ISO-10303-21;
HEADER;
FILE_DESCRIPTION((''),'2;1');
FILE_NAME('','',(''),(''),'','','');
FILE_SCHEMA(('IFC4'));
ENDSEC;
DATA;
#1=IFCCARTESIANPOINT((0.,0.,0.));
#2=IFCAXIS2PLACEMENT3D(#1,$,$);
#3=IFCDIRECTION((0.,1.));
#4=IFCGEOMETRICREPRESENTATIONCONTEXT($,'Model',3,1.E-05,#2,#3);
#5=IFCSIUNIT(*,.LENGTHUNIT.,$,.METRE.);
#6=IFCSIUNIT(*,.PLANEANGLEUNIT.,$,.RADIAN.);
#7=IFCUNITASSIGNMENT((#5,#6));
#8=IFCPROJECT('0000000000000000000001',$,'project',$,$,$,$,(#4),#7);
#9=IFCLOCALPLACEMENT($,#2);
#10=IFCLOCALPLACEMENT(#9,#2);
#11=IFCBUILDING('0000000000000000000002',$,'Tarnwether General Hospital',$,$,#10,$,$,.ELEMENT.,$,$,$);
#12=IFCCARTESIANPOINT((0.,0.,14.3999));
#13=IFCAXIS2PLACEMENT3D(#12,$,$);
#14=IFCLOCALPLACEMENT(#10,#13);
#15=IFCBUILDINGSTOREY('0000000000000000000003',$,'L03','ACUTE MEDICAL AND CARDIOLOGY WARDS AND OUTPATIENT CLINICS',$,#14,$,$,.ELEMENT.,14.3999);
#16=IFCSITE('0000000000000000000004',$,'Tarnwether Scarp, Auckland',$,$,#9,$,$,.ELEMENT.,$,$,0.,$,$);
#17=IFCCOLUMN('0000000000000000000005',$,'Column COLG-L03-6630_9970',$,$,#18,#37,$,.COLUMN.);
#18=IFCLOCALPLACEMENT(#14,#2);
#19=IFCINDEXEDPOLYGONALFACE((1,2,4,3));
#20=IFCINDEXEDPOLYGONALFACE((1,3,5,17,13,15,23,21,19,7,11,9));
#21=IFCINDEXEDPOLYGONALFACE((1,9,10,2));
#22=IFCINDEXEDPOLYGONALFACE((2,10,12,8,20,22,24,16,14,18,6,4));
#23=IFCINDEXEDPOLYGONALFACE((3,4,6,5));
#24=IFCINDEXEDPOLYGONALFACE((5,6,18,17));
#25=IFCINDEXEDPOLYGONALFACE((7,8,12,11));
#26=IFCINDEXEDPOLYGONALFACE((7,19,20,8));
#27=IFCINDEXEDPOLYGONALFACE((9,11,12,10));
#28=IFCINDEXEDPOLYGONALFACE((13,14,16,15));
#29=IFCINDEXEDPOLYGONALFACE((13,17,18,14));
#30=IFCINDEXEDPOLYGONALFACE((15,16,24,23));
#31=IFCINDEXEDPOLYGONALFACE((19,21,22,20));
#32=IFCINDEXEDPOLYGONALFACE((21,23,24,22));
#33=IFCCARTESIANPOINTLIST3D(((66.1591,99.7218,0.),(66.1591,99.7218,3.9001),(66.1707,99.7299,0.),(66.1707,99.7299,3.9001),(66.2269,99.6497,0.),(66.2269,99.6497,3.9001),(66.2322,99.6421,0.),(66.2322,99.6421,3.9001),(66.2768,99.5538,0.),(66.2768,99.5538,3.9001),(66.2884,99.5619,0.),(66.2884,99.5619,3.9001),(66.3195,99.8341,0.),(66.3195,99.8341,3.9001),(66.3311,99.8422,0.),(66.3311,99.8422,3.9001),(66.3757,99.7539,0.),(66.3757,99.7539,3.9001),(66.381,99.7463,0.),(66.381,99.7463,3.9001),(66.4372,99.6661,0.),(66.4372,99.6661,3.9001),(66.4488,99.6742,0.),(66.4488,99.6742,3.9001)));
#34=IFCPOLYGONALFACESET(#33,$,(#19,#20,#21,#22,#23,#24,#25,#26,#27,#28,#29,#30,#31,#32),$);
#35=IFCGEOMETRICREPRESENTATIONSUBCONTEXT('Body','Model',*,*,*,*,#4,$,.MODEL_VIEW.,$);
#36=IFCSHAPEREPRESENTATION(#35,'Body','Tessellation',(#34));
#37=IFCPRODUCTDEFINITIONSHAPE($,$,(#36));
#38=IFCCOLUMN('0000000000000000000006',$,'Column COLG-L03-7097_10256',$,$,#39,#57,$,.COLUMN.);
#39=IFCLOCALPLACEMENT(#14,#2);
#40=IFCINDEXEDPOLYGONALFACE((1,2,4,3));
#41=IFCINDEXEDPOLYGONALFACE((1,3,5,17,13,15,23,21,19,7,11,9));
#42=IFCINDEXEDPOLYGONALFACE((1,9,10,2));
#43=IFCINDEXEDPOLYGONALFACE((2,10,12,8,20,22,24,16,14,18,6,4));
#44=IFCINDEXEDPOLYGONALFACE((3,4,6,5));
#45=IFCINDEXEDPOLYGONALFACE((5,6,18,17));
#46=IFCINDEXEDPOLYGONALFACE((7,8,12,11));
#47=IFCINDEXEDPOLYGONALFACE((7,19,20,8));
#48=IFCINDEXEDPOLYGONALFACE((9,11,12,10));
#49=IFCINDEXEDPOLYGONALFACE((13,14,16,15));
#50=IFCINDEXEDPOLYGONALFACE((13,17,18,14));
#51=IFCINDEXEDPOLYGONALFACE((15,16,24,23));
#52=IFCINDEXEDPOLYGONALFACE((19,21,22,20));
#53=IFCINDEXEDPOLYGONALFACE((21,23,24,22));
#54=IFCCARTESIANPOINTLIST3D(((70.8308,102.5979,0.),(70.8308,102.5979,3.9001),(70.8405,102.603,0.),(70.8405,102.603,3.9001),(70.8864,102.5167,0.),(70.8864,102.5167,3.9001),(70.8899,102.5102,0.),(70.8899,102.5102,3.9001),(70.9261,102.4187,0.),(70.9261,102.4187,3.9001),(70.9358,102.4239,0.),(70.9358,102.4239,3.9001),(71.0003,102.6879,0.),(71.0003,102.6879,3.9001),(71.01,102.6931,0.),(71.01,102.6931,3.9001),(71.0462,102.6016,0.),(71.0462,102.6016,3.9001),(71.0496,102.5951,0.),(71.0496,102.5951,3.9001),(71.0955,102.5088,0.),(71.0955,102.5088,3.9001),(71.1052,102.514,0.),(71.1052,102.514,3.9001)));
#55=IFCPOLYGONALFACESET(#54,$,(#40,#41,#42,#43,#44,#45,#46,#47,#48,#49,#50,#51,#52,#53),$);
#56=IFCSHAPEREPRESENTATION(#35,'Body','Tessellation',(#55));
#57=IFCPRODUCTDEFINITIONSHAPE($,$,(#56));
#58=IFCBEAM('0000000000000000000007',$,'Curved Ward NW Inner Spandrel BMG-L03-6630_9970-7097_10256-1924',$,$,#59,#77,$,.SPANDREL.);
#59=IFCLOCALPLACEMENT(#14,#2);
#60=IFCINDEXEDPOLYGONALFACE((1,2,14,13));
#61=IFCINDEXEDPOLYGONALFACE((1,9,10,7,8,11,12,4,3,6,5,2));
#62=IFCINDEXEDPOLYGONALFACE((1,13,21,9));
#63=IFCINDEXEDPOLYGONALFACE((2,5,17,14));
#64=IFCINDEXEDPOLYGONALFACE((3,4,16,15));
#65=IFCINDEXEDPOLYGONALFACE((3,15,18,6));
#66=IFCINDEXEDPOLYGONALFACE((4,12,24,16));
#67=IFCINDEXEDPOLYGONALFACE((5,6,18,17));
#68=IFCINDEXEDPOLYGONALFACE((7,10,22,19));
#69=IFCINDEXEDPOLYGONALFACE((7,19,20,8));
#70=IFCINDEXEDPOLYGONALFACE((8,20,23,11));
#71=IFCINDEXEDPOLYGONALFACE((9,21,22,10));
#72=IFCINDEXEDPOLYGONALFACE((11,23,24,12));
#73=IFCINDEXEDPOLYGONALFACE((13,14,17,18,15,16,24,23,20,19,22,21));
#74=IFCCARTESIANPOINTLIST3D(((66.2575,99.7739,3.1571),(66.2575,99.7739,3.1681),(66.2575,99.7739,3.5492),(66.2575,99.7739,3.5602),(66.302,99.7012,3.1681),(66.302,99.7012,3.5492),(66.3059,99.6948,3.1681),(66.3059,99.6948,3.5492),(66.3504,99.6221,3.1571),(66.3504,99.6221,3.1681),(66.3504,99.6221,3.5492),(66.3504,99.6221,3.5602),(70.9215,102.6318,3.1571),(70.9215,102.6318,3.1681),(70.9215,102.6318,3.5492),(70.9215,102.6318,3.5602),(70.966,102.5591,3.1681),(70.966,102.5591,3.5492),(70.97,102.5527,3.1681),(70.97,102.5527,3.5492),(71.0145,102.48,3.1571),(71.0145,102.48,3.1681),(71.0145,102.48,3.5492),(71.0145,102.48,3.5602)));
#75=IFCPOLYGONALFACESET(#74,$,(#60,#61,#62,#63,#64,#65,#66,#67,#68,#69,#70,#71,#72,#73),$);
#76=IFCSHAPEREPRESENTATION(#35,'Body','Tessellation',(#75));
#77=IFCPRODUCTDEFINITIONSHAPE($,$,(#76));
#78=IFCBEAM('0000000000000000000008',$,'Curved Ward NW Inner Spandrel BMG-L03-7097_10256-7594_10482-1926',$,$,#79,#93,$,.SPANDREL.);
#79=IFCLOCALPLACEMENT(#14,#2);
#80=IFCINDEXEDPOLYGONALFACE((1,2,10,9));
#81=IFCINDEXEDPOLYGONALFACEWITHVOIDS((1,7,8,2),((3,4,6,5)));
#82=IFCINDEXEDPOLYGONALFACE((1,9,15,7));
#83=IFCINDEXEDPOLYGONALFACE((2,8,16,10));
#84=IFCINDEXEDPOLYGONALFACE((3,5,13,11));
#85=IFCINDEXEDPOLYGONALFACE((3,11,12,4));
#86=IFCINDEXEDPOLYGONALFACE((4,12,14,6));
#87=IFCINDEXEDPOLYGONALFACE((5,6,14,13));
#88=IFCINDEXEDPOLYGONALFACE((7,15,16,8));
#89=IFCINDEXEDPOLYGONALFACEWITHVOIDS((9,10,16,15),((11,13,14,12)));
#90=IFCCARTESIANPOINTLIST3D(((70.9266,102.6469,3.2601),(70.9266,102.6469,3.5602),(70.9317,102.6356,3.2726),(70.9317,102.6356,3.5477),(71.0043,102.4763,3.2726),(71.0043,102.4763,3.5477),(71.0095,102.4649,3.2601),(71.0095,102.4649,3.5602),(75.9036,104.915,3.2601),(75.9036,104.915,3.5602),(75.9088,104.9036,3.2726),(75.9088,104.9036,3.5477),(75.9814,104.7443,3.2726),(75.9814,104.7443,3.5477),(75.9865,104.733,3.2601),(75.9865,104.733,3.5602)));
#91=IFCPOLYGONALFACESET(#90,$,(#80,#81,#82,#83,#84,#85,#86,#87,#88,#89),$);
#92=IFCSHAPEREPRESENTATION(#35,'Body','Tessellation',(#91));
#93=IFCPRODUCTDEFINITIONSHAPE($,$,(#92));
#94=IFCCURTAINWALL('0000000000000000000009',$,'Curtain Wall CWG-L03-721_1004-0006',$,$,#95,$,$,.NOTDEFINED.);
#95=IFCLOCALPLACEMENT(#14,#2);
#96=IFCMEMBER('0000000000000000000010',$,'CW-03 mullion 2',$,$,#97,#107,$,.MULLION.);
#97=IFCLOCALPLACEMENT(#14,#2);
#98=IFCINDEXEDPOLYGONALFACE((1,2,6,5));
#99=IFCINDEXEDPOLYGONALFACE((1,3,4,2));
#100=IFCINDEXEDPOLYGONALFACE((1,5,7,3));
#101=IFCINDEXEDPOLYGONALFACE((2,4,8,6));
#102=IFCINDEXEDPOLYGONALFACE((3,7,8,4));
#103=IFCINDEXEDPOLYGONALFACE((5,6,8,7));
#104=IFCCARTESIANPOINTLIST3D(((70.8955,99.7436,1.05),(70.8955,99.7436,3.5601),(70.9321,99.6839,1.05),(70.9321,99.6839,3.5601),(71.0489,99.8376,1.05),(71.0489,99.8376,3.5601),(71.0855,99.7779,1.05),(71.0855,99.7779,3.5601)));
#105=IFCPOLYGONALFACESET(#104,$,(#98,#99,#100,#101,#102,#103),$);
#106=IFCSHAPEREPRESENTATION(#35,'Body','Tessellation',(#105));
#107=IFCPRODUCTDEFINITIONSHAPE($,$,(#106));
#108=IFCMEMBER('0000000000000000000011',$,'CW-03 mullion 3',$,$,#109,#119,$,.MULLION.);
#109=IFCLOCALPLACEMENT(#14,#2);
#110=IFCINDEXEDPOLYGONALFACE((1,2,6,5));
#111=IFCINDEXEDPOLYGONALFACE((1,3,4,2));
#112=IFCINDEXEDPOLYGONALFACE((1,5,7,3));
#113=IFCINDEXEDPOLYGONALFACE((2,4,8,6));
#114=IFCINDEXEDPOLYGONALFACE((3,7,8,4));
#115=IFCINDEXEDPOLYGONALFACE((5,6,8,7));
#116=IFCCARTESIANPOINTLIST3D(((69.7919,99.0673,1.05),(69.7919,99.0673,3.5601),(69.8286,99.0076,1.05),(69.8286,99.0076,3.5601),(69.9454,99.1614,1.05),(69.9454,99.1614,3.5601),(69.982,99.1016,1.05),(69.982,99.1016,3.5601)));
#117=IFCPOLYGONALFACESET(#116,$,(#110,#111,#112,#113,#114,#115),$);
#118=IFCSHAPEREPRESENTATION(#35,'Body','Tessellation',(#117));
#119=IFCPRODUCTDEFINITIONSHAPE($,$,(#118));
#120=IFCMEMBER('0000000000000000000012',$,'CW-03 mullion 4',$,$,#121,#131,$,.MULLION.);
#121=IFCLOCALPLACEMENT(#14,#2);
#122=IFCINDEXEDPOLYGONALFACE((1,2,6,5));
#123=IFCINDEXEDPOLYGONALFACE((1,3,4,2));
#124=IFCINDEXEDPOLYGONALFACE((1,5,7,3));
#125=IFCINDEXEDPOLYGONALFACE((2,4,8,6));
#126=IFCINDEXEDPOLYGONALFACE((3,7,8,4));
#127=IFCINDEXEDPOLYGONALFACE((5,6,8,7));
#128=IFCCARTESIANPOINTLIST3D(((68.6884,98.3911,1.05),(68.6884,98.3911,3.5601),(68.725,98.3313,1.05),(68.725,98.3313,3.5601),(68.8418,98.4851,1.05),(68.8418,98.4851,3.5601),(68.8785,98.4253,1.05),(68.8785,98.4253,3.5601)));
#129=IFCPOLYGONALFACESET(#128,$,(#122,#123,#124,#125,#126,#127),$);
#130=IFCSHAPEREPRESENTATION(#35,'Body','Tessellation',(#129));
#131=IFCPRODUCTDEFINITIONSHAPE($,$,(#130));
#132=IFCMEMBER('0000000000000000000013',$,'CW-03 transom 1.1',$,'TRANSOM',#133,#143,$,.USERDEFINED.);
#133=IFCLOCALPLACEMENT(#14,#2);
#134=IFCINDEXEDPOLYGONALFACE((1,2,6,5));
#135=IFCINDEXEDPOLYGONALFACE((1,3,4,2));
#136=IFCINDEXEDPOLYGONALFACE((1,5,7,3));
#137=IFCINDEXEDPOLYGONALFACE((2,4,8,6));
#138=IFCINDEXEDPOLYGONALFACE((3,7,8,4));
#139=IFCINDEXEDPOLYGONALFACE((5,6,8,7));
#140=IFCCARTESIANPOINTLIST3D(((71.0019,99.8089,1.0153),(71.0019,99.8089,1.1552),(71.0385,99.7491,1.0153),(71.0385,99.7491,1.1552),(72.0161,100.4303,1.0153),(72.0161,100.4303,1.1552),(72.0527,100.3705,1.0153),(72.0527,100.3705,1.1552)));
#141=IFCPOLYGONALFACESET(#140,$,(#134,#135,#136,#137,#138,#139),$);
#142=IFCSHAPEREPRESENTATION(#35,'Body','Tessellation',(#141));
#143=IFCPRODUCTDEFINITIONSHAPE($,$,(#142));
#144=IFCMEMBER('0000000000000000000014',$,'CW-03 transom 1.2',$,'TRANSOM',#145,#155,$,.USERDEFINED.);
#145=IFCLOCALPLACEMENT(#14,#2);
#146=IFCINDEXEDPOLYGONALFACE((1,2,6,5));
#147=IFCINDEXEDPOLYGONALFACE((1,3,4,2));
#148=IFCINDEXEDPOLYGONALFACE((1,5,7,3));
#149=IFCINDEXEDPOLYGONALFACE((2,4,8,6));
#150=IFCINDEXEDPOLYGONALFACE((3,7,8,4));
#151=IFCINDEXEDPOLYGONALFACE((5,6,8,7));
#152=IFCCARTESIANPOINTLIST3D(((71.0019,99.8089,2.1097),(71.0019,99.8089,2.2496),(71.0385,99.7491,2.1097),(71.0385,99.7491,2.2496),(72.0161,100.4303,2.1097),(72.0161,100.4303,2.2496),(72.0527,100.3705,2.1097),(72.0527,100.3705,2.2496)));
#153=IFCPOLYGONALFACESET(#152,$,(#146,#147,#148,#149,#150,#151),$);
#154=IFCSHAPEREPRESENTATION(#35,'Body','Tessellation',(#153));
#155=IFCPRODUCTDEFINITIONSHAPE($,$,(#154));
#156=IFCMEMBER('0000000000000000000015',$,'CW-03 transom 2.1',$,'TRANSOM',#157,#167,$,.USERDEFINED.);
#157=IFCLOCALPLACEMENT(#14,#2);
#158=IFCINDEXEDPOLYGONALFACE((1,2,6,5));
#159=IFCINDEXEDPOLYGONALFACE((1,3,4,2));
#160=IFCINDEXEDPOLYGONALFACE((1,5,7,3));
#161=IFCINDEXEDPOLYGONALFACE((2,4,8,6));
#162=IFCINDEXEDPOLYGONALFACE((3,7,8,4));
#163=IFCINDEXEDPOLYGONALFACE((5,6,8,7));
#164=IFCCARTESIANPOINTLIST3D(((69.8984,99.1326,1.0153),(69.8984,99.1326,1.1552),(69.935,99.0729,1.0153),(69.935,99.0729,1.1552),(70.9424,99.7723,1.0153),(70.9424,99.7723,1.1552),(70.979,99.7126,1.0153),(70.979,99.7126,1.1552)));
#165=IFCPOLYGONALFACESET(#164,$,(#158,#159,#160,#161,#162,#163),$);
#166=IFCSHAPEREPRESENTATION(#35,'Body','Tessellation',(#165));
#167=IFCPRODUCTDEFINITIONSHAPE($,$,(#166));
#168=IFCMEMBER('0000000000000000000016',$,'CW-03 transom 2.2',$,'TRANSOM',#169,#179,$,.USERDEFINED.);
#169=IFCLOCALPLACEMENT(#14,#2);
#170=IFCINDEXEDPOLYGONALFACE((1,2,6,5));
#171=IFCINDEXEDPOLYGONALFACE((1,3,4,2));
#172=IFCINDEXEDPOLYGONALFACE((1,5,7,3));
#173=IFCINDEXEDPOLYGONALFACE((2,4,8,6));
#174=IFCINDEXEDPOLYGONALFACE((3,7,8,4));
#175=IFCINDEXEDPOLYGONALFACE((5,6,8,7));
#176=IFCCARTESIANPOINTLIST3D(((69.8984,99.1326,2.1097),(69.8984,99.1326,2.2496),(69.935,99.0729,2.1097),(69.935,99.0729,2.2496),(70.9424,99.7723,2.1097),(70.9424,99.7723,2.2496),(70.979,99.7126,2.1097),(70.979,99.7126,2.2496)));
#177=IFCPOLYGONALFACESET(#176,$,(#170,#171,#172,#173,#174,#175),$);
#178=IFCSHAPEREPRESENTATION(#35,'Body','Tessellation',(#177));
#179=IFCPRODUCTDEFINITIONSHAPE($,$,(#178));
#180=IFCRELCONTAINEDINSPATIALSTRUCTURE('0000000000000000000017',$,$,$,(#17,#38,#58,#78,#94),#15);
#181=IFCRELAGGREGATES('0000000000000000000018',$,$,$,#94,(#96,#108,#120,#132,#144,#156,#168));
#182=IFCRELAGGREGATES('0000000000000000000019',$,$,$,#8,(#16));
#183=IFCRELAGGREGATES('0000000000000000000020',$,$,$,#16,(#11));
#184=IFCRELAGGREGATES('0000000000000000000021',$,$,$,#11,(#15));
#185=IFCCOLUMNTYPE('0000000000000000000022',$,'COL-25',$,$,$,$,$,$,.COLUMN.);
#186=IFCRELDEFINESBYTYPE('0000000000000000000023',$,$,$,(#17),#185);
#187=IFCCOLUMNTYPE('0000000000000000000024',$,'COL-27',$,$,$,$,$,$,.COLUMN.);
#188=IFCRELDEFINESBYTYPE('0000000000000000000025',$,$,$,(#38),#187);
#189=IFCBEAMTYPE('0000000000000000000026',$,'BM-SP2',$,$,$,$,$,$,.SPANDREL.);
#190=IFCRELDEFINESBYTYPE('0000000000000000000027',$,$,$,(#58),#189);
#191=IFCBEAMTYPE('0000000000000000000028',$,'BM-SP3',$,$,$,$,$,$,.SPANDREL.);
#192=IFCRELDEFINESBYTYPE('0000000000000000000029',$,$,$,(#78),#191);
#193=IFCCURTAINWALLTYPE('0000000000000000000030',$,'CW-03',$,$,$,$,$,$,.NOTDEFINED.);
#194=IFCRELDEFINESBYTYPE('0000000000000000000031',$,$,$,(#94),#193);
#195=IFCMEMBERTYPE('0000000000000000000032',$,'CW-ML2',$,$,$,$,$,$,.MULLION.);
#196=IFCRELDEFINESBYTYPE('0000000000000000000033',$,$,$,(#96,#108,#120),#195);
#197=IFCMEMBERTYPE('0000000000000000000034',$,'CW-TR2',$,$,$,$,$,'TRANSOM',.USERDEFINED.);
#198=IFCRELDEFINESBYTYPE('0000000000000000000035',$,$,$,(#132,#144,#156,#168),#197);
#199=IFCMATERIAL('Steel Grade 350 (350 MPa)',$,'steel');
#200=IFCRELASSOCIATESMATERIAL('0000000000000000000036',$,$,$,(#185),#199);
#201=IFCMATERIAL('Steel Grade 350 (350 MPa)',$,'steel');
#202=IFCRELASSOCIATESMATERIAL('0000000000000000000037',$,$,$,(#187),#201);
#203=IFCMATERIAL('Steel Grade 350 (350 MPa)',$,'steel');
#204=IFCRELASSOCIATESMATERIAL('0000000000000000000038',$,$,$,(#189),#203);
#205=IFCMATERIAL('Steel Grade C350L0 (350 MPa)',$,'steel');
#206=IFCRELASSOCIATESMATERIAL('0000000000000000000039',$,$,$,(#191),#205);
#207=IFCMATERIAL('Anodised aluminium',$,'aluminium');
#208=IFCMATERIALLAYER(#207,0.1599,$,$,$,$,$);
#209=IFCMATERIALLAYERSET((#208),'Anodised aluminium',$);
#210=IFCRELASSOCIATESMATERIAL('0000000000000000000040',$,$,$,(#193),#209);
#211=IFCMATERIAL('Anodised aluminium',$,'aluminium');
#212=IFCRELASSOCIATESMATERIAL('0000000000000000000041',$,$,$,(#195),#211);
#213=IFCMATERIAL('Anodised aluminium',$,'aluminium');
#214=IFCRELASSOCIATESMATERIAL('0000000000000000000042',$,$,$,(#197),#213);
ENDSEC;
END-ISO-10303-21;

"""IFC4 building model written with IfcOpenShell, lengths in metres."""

from ifc_helpers import new_model, si_unit, direction, frame, origin, origin_2d, place, context, subcontext, project, spatial, rectangle, hollow_rectangle, i_section, extrude, material, layer, layer_set, material_profile, profile_set, type_object, element, aggregate, save


model = new_model("IFC4")

# Units and contexts
model_context = context("Model", 3, precision=1e-05, world=origin(), true_north=direction((0.0, 1.0)))
body_context = subcontext(model_context, "Body", "Model", "MODEL_VIEW")
ifc_project = project(units=[si_unit("LENGTHUNIT", "METRE"), si_unit("PLANEANGLEUNIT", "RADIAN")], contexts=[model_context])

# Site, building, storey
site_placement = place(None, origin())
site = spatial("IfcSite", under=ifc_project, at=site_placement, Name="Tarnwether Scarp, Auckland", CompositionType="ELEMENT", RefElevation=0.0)
building_placement = place(site_placement, origin())
building = spatial("IfcBuilding", under=site, at=building_placement, Name="Tarnwether General Hospital", CompositionType="ELEMENT")
storey_placement = place(building_placement, frame((0.0, 0.0, 14.3999)))
storey = spatial("IfcBuildingStorey", under=building, at=storey_placement, Name="L03", Description="ACUTE MEDICAL AND CARDIOLOGY WARDS AND OUTPATIENT CLINICS", CompositionType="ELEMENT", Elevation=14.3999)

# Columns
ifc_material_1 = material(Name="Steel Grade 350 (350 MPa)", Category="steel")
ifc_material_profile_1 = material_profile(ifc_material_1, i_section(OverallWidth=0.2051, OverallDepth=0.21, WebThickness=0.0093, FlangeThickness=0.0142, at=origin_2d()), Name="200UC59.5")
ifc_profile_set_1 = profile_set([ifc_material_profile_1], Name="Steel Grade 350 (350 MPa)")
column_type_1 = type_object("IfcColumnType", Name="COL-25", PredefinedType="COLUMN", material=ifc_profile_set_1)
column_1_placement = place(storey_placement, frame((66.304, 99.698, 0.0), z_axis=(0.0, 0.0, 1.0), x_axis=(-0.573576, 0.819152, 0.0)))
element("IfcColumn", 1, at=column_1_placement, inside=storey, type_object=column_type_1, Name="Column COLG-L03-6630_9970", PredefinedType="COLUMN", context=body_context, shape_type="SweptSolid", body=[
    extrude(i_section(OverallWidth=0.2051, OverallDepth=0.21, WebThickness=0.0093, FlangeThickness=0.0142, at=origin_2d()), origin(), (0.0, 0.0, 1.0), 3.9001),
])
ifc_material_2 = material(Name="Steel Grade 350 (350 MPa)", Category="steel")
ifc_material_profile_2 = material_profile(ifc_material_2, i_section(OverallWidth=0.2029, OverallDepth=0.2029, WebThickness=0.0073, FlangeThickness=0.011, at=origin_2d()), Name="200UC46.2")
ifc_profile_set_2 = profile_set([ifc_material_profile_2], Name="Steel Grade 350 (350 MPa)")
column_type_2 = type_object("IfcColumnType", Name="COL-27", PredefinedType="COLUMN", material=ifc_profile_set_2)
column_2_placement = place(storey_placement, frame((70.968, 102.5559, 0.0), z_axis=(0.0, 0.0, 1.0), x_axis=(-0.469472, 0.882948, 0.0)))
element("IfcColumn", 2, at=column_2_placement, inside=storey, type_object=column_type_2, Name="Column COLG-L03-7097_10256", PredefinedType="COLUMN", context=body_context, shape_type="SweptSolid", body=[
    extrude(i_section(OverallWidth=0.2029, OverallDepth=0.2029, WebThickness=0.0073, FlangeThickness=0.011, at=origin_2d()), origin(), (0.0, 0.0, 1.0), 3.9001),
])

# Beams
ifc_material_3 = material(Name="Steel Grade 350 (350 MPa)", Category="steel")
ifc_material_profile_3 = material_profile(ifc_material_3, i_section(OverallWidth=0.178, OverallDepth=0.4031, WebThickness=0.0076, FlangeThickness=0.011, at=origin_2d()), Name="410UB53.7")
ifc_profile_set_3 = profile_set([ifc_material_profile_3], Name="Steel Grade 350 (350 MPa)")
beam_type_1 = type_object("IfcBeamType", Name="BM-SP2", PredefinedType="SPANDREL", material=ifc_profile_set_3)
beam_1_placement = place(storey_placement, frame((66.304, 99.698, 3.3586), z_axis=(0.852659, 0.522468, 0.0), x_axis=(-0.522468, 0.852659, 0.0)))
element("IfcBeam", 3, at=beam_1_placement, inside=storey, type_object=beam_type_1, Name="Curved Ward NW Inner Spandrel BMG-L03-6630_9970-7097_10256-1924", PredefinedType="SPANDREL", context=body_context, shape_type="SweptSolid", body=[
    extrude(i_section(OverallWidth=0.178, OverallDepth=0.4031, WebThickness=0.0076, FlangeThickness=0.011, at=origin_2d()), origin(), (0.0, 0.0, 1.0), 5.47),
])
ifc_material_4 = material(Name="Steel Grade C350L0 (350 MPa)", Category="steel")
ifc_material_profile_4 = material_profile(ifc_material_4, hollow_rectangle(XDim=0.2, YDim=0.3, WallThickness=0.0125, at=origin_2d()), Name="RHS300x200x12.5")
ifc_profile_set_4 = profile_set([ifc_material_profile_4], Name="Steel Grade C350L0 (350 MPa)")
beam_type_2 = type_object("IfcBeamType", Name="BM-SP3", PredefinedType="SPANDREL", material=ifc_profile_set_4)
beam_2_placement = place(storey_placement, frame((70.968, 102.5559, 3.4102), z_axis=(0.909969, 0.414677, 0.0), x_axis=(-0.414677, 0.909969, 0.0)))
element("IfcBeam", 4, at=beam_2_placement, inside=storey, type_object=beam_type_2, Name="Curved Ward NW Inner Spandrel BMG-L03-7097_10256-7594_10482-1926", PredefinedType="SPANDREL", context=body_context, shape_type="SweptSolid", body=[
    extrude(hollow_rectangle(XDim=0.2, YDim=0.3, WallThickness=0.0125, at=origin_2d()), origin(), (0.0, 0.0, 1.0), 5.4695),
])

# Curtain wall, members
ifc_material_5 = material(Name="Anodised aluminium", Category="aluminium")
ifc_layer_1 = layer(ifc_material_5, 0.1599)
ifc_layer_set_1 = layer_set([ifc_layer_1], Name="Anodised aluminium")
curtain_wall_type = type_object("IfcCurtainWallType", Name="CW-03", PredefinedType="NOTDEFINED", material=ifc_layer_set_1)
curtain_wall_placement = place(storey_placement, origin())
curtain_wall = element("IfcCurtainWall", 5, at=curtain_wall_placement, inside=storey, type_object=curtain_wall_type, Name="Curtain Wall CWG-L03-721_1004-0006", PredefinedType="NOTDEFINED")
ifc_material_6 = material(Name="Anodised aluminium", Category="aluminium")
ifc_material_profile_5 = material_profile(ifc_material_6, rectangle(XDim=0.0701, YDim=0.1799, at=origin_2d()), Name="ALU-MUL-70x180")
ifc_profile_set_5 = profile_set([ifc_material_profile_5], Name="Anodised aluminium")
member_type_1 = type_object("IfcMemberType", Name="CW-ML2", PredefinedType="MULLION", material=ifc_profile_set_5)
member_1_placement = place(storey_placement, frame((70.9905, 99.7607, 1.05), z_axis=(0.0, 0.0, 1.0), x_axis=(0.522512, -0.852632, 0.0)))
member_1 = element("IfcMember", 6, at=member_1_placement, type_object=member_type_1, Name="CW-03 mullion 2", PredefinedType="MULLION", context=body_context, shape_type="SweptSolid", body=[
    extrude(rectangle(XDim=0.0701, YDim=0.1799, at=origin_2d()), origin(), (0.0, 0.0, 1.0), 2.51),
])
member_2_placement = place(storey_placement, frame((69.887, 99.0845, 1.05), z_axis=(0.0, 0.0, 1.0), x_axis=(0.522512, -0.852632, 0.0)))
member_2 = element("IfcMember", 7, at=member_2_placement, type_object=member_type_1, Name="CW-03 mullion 3", PredefinedType="MULLION", context=body_context, shape_type="SweptSolid", body=[
    extrude(rectangle(XDim=0.0701, YDim=0.1799, at=origin_2d()), origin(), (0.0, 0.0, 1.0), 2.51),
])
member_3_placement = place(storey_placement, frame((68.7834, 98.4082, 1.05), z_axis=(0.0, 0.0, 1.0), x_axis=(0.522512, -0.852632, 0.0)))
member_3 = element("IfcMember", 8, at=member_3_placement, type_object=member_type_1, Name="CW-03 mullion 4", PredefinedType="MULLION", context=body_context, shape_type="SweptSolid", body=[
    extrude(rectangle(XDim=0.0701, YDim=0.1799, at=origin_2d()), origin(), (0.0, 0.0, 1.0), 2.51),
])
ifc_material_7 = material(Name="Anodised aluminium", Category="aluminium")
ifc_material_profile_6 = material_profile(ifc_material_7, rectangle(XDim=0.0701, YDim=0.1399, at=origin_2d()), Name="ALU-TRN-70x140")
ifc_profile_set_6 = profile_set([ifc_material_profile_6], Name="Anodised aluminium")
member_type_2 = type_object("IfcMemberType", Name="CW-TR2", ElementType="TRANSOM", PredefinedType="USERDEFINED", material=ifc_profile_set_6)
member_4_placement = place(storey_placement, frame((72.0344, 100.4004, 1.0852), z_axis=(-0.852693, -0.522413, 0.0), x_axis=(0.522413, -0.852693, 0.0)))
member_4 = element("IfcMember", 9, at=member_4_placement, type_object=member_type_2, Name="CW-03 transom 1.1", ObjectType="TRANSOM", PredefinedType="USERDEFINED", context=body_context, shape_type="SweptSolid", body=[
    extrude(rectangle(XDim=0.0701, YDim=0.1399, at=origin_2d()), origin(), (0.0, 0.0, 1.0), 1.1895),
])
member_5_placement = place(storey_placement, frame((72.0344, 100.4004, 2.1797), z_axis=(-0.852693, -0.522413, 0.0), x_axis=(0.522413, -0.852693, 0.0)))
member_5 = element("IfcMember", 10, at=member_5_placement, type_object=member_type_2, Name="CW-03 transom 1.2", ObjectType="TRANSOM", PredefinedType="USERDEFINED", context=body_context, shape_type="SweptSolid", body=[
    extrude(rectangle(XDim=0.0701, YDim=0.1399, at=origin_2d()), origin(), (0.0, 0.0, 1.0), 1.1895),
])
member_6_placement = place(storey_placement, frame((70.9607, 99.7424, 1.0852), z_axis=(-0.85267, -0.52245, 0.0), x_axis=(0.52245, -0.85267, 0.0)))
member_6 = element("IfcMember", 11, at=member_6_placement, type_object=member_type_2, Name="CW-03 transom 2.1", ObjectType="TRANSOM", PredefinedType="USERDEFINED", context=body_context, shape_type="SweptSolid", body=[
    extrude(rectangle(XDim=0.0701, YDim=0.1399, at=origin_2d()), origin(), (0.0, 0.0, 1.0), 1.2244),
])
member_7_placement = place(storey_placement, frame((70.9607, 99.7424, 2.1797), z_axis=(-0.85267, -0.52245, 0.0), x_axis=(0.52245, -0.85267, 0.0)))
member_7 = element("IfcMember", 12, at=member_7_placement, type_object=member_type_2, Name="CW-03 transom 2.2", ObjectType="TRANSOM", PredefinedType="USERDEFINED", context=body_context, shape_type="SweptSolid", body=[
    extrude(rectangle(XDim=0.0701, YDim=0.1399, at=origin_2d()), origin(), (0.0, 0.0, 1.0), 1.2244),
])
aggregate(curtain_wall, [member_1, member_2, member_3, member_4, member_5, member_6, member_7])

save(model, "model.ifc")
